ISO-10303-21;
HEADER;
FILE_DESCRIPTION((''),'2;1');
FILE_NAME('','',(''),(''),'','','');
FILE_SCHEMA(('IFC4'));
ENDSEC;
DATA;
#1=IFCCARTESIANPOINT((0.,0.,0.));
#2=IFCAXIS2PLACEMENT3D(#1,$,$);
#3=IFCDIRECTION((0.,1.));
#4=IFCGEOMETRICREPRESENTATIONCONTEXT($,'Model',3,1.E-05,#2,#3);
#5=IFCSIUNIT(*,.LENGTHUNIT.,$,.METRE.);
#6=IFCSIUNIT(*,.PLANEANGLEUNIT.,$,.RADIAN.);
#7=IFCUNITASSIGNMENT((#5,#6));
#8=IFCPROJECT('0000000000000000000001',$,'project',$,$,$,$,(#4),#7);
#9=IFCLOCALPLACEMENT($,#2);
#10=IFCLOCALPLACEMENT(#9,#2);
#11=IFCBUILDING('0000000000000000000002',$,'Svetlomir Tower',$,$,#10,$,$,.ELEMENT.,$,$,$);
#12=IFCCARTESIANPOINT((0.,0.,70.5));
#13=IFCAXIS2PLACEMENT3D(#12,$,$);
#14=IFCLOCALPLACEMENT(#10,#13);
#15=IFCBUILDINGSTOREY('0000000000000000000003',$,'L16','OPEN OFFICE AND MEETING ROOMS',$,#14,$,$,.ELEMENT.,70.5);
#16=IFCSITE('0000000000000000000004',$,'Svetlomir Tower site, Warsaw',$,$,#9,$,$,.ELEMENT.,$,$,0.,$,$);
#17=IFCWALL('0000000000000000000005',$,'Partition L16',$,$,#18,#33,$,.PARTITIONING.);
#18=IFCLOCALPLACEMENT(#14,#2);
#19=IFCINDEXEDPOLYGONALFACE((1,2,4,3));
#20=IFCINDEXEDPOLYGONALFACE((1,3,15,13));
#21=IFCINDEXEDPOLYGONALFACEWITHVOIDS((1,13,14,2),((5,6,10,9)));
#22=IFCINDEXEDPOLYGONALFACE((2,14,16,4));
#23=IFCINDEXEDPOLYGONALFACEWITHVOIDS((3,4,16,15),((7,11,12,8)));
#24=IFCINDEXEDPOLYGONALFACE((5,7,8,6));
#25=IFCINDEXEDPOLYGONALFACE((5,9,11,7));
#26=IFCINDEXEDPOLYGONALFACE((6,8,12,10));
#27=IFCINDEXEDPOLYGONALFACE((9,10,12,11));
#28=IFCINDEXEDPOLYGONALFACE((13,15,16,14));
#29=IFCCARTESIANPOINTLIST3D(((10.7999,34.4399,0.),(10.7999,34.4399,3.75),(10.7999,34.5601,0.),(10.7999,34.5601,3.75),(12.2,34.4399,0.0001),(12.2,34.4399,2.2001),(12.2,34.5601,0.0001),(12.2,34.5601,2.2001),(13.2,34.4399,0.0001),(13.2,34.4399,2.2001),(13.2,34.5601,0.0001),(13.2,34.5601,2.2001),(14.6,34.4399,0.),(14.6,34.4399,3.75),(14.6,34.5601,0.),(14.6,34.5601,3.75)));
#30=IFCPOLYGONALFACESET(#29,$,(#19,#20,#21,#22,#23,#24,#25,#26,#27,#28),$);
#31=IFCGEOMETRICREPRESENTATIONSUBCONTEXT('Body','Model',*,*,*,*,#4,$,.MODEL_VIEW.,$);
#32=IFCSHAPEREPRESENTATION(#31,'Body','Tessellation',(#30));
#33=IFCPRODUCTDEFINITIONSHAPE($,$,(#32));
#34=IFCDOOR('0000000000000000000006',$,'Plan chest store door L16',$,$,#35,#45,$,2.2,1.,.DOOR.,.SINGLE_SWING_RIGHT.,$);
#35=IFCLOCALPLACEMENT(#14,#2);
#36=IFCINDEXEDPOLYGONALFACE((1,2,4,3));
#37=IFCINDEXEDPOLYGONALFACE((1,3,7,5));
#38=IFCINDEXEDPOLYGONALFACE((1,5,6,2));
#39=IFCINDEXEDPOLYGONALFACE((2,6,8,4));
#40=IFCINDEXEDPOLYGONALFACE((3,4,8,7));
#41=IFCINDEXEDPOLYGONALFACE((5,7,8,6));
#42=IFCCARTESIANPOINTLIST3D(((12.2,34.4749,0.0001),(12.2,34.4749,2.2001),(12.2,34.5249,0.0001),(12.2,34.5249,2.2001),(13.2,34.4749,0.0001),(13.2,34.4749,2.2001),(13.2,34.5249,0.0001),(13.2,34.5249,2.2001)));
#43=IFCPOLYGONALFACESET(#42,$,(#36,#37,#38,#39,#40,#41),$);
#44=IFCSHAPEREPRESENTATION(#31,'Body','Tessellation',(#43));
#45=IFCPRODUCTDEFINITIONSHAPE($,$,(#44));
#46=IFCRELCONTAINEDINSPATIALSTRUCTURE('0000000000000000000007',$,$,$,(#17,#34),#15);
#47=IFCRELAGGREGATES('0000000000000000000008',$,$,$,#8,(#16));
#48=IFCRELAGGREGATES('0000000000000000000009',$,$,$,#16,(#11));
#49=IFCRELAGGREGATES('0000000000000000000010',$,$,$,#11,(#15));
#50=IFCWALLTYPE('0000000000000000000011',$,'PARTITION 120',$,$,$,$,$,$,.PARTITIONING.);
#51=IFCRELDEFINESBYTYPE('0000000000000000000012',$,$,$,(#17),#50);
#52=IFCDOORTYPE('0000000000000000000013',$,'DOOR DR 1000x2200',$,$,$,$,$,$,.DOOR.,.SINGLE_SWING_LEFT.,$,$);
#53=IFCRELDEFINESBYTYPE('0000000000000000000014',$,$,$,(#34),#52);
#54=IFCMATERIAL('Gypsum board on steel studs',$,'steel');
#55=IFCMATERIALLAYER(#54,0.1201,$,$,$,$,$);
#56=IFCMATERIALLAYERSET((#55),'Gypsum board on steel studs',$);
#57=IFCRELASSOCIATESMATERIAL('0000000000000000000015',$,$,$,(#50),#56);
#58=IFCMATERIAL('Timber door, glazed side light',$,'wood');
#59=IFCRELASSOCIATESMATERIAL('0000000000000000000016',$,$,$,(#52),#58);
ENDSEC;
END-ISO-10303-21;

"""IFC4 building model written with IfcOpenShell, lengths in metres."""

from ifc_helpers import new_model, si_unit, direction, frame, frame_2d, origin, place, context, subcontext, project, spatial, rectangle, extrude, material, layer, layer_set, type_object, element, fill, save


model = new_model("IFC4")

# Units and contexts
model_context = context("Model", 3, precision=1e-05, world=origin(), true_north=direction((0.0, 1.0)))
body_context = subcontext(model_context, "Body", "Model", "MODEL_VIEW")
ifc_project = project(units=[si_unit("LENGTHUNIT", "METRE"), si_unit("PLANEANGLEUNIT", "RADIAN")], contexts=[model_context])

# Site, building, storey
site_placement = place(None, origin())
site = spatial("IfcSite", under=ifc_project, at=site_placement, Name="Svetlomir Tower site, Warsaw", CompositionType="ELEMENT", RefElevation=0.0)
building_placement = place(site_placement, origin())
building = spatial("IfcBuilding", under=site, at=building_placement, Name="Svetlomir Tower", CompositionType="ELEMENT")
storey_placement = place(building_placement, frame((0.0, 0.0, 70.5)))
storey = spatial("IfcBuildingStorey", under=building, at=storey_placement, Name="L16", Description="OPEN OFFICE AND MEETING ROOMS", CompositionType="ELEMENT", Elevation=70.5)

# Shared definitions
ifc_material_1 = material(Name="Gypsum board on steel studs", Category="steel")
ifc_layer_1 = layer(ifc_material_1, 0.1201)
ifc_layer_set_1 = layer_set([ifc_layer_1], Name="Gypsum board on steel studs")
wall_type_1 = type_object("IfcWallType", Name="PARTITION 120", PredefinedType="PARTITIONING", material=ifc_layer_set_1)

# Shared definitions
ifc_material_2 = material(Name="Timber door, glazed side light", Category="wood")
door_type_1 = type_object("IfcDoorType", Name="DOOR DR 1000x2200", OperationType="SINGLE_SWING_LEFT", PredefinedType="DOOR", material=ifc_material_2)

# Wall, opening, door
wall_1_placement = place(storey_placement, frame((10.8, 34.5, 0.0), z_axis=(0.0, 0.0, 1.0), x_axis=(1.0, 0.0, 0.0)))
wall_1 = element("IfcWall", 1, at=wall_1_placement, inside=storey, type_object=wall_type_1, Name="Partition L16", PredefinedType="PARTITIONING", context=body_context, shape_type="SweptSolid", body=[
    extrude(rectangle(XDim=3.8, YDim=0.1201, at=frame_2d((1.8999, 0.0))), origin(), (0.0, 0.0, 1.0), 3.75),
])
opening_1_placement = place(wall_1_placement, frame((1.3999, 0.0, 0.0)))
opening_1 = element("IfcOpeningElement", 2, at=opening_1_placement, cuts=wall_1, PredefinedType="OPENING", context=body_context, shape_type="SweptSolid", body=[
    extrude(rectangle(XDim=1.0, YDim=2.2, at=frame_2d((0.5, 1.1001))), frame((0.0, 0.0701, 0.0), z_axis=(0.0, -1.0, 0.0), x_axis=(1.0, 0.0, 0.0)), (0.0, 0.0, 1.0), 0.1401),
])
door_1_placement = place(opening_1_placement, origin())
door_1 = element("IfcDoor", 3, at=door_1_placement, inside=storey, type_object=door_type_1, Name="Plan chest store door L16", OperationType="SINGLE_SWING_RIGHT", OverallHeight=2.2, OverallWidth=1.0, PredefinedType="DOOR", context=body_context, shape_type="SweptSolid", body=[
    extrude(rectangle(XDim=1.0, YDim=2.2, at=frame_2d((0.5, 1.1001))), frame((0.0, 0.0249, 0.0), z_axis=(0.0, -1.0, 0.0), x_axis=(1.0, 0.0, 0.0)), (0.0, 0.0, 1.0), 0.05),
])
fill(opening_1, door_1)

save(model, "model.ifc")
